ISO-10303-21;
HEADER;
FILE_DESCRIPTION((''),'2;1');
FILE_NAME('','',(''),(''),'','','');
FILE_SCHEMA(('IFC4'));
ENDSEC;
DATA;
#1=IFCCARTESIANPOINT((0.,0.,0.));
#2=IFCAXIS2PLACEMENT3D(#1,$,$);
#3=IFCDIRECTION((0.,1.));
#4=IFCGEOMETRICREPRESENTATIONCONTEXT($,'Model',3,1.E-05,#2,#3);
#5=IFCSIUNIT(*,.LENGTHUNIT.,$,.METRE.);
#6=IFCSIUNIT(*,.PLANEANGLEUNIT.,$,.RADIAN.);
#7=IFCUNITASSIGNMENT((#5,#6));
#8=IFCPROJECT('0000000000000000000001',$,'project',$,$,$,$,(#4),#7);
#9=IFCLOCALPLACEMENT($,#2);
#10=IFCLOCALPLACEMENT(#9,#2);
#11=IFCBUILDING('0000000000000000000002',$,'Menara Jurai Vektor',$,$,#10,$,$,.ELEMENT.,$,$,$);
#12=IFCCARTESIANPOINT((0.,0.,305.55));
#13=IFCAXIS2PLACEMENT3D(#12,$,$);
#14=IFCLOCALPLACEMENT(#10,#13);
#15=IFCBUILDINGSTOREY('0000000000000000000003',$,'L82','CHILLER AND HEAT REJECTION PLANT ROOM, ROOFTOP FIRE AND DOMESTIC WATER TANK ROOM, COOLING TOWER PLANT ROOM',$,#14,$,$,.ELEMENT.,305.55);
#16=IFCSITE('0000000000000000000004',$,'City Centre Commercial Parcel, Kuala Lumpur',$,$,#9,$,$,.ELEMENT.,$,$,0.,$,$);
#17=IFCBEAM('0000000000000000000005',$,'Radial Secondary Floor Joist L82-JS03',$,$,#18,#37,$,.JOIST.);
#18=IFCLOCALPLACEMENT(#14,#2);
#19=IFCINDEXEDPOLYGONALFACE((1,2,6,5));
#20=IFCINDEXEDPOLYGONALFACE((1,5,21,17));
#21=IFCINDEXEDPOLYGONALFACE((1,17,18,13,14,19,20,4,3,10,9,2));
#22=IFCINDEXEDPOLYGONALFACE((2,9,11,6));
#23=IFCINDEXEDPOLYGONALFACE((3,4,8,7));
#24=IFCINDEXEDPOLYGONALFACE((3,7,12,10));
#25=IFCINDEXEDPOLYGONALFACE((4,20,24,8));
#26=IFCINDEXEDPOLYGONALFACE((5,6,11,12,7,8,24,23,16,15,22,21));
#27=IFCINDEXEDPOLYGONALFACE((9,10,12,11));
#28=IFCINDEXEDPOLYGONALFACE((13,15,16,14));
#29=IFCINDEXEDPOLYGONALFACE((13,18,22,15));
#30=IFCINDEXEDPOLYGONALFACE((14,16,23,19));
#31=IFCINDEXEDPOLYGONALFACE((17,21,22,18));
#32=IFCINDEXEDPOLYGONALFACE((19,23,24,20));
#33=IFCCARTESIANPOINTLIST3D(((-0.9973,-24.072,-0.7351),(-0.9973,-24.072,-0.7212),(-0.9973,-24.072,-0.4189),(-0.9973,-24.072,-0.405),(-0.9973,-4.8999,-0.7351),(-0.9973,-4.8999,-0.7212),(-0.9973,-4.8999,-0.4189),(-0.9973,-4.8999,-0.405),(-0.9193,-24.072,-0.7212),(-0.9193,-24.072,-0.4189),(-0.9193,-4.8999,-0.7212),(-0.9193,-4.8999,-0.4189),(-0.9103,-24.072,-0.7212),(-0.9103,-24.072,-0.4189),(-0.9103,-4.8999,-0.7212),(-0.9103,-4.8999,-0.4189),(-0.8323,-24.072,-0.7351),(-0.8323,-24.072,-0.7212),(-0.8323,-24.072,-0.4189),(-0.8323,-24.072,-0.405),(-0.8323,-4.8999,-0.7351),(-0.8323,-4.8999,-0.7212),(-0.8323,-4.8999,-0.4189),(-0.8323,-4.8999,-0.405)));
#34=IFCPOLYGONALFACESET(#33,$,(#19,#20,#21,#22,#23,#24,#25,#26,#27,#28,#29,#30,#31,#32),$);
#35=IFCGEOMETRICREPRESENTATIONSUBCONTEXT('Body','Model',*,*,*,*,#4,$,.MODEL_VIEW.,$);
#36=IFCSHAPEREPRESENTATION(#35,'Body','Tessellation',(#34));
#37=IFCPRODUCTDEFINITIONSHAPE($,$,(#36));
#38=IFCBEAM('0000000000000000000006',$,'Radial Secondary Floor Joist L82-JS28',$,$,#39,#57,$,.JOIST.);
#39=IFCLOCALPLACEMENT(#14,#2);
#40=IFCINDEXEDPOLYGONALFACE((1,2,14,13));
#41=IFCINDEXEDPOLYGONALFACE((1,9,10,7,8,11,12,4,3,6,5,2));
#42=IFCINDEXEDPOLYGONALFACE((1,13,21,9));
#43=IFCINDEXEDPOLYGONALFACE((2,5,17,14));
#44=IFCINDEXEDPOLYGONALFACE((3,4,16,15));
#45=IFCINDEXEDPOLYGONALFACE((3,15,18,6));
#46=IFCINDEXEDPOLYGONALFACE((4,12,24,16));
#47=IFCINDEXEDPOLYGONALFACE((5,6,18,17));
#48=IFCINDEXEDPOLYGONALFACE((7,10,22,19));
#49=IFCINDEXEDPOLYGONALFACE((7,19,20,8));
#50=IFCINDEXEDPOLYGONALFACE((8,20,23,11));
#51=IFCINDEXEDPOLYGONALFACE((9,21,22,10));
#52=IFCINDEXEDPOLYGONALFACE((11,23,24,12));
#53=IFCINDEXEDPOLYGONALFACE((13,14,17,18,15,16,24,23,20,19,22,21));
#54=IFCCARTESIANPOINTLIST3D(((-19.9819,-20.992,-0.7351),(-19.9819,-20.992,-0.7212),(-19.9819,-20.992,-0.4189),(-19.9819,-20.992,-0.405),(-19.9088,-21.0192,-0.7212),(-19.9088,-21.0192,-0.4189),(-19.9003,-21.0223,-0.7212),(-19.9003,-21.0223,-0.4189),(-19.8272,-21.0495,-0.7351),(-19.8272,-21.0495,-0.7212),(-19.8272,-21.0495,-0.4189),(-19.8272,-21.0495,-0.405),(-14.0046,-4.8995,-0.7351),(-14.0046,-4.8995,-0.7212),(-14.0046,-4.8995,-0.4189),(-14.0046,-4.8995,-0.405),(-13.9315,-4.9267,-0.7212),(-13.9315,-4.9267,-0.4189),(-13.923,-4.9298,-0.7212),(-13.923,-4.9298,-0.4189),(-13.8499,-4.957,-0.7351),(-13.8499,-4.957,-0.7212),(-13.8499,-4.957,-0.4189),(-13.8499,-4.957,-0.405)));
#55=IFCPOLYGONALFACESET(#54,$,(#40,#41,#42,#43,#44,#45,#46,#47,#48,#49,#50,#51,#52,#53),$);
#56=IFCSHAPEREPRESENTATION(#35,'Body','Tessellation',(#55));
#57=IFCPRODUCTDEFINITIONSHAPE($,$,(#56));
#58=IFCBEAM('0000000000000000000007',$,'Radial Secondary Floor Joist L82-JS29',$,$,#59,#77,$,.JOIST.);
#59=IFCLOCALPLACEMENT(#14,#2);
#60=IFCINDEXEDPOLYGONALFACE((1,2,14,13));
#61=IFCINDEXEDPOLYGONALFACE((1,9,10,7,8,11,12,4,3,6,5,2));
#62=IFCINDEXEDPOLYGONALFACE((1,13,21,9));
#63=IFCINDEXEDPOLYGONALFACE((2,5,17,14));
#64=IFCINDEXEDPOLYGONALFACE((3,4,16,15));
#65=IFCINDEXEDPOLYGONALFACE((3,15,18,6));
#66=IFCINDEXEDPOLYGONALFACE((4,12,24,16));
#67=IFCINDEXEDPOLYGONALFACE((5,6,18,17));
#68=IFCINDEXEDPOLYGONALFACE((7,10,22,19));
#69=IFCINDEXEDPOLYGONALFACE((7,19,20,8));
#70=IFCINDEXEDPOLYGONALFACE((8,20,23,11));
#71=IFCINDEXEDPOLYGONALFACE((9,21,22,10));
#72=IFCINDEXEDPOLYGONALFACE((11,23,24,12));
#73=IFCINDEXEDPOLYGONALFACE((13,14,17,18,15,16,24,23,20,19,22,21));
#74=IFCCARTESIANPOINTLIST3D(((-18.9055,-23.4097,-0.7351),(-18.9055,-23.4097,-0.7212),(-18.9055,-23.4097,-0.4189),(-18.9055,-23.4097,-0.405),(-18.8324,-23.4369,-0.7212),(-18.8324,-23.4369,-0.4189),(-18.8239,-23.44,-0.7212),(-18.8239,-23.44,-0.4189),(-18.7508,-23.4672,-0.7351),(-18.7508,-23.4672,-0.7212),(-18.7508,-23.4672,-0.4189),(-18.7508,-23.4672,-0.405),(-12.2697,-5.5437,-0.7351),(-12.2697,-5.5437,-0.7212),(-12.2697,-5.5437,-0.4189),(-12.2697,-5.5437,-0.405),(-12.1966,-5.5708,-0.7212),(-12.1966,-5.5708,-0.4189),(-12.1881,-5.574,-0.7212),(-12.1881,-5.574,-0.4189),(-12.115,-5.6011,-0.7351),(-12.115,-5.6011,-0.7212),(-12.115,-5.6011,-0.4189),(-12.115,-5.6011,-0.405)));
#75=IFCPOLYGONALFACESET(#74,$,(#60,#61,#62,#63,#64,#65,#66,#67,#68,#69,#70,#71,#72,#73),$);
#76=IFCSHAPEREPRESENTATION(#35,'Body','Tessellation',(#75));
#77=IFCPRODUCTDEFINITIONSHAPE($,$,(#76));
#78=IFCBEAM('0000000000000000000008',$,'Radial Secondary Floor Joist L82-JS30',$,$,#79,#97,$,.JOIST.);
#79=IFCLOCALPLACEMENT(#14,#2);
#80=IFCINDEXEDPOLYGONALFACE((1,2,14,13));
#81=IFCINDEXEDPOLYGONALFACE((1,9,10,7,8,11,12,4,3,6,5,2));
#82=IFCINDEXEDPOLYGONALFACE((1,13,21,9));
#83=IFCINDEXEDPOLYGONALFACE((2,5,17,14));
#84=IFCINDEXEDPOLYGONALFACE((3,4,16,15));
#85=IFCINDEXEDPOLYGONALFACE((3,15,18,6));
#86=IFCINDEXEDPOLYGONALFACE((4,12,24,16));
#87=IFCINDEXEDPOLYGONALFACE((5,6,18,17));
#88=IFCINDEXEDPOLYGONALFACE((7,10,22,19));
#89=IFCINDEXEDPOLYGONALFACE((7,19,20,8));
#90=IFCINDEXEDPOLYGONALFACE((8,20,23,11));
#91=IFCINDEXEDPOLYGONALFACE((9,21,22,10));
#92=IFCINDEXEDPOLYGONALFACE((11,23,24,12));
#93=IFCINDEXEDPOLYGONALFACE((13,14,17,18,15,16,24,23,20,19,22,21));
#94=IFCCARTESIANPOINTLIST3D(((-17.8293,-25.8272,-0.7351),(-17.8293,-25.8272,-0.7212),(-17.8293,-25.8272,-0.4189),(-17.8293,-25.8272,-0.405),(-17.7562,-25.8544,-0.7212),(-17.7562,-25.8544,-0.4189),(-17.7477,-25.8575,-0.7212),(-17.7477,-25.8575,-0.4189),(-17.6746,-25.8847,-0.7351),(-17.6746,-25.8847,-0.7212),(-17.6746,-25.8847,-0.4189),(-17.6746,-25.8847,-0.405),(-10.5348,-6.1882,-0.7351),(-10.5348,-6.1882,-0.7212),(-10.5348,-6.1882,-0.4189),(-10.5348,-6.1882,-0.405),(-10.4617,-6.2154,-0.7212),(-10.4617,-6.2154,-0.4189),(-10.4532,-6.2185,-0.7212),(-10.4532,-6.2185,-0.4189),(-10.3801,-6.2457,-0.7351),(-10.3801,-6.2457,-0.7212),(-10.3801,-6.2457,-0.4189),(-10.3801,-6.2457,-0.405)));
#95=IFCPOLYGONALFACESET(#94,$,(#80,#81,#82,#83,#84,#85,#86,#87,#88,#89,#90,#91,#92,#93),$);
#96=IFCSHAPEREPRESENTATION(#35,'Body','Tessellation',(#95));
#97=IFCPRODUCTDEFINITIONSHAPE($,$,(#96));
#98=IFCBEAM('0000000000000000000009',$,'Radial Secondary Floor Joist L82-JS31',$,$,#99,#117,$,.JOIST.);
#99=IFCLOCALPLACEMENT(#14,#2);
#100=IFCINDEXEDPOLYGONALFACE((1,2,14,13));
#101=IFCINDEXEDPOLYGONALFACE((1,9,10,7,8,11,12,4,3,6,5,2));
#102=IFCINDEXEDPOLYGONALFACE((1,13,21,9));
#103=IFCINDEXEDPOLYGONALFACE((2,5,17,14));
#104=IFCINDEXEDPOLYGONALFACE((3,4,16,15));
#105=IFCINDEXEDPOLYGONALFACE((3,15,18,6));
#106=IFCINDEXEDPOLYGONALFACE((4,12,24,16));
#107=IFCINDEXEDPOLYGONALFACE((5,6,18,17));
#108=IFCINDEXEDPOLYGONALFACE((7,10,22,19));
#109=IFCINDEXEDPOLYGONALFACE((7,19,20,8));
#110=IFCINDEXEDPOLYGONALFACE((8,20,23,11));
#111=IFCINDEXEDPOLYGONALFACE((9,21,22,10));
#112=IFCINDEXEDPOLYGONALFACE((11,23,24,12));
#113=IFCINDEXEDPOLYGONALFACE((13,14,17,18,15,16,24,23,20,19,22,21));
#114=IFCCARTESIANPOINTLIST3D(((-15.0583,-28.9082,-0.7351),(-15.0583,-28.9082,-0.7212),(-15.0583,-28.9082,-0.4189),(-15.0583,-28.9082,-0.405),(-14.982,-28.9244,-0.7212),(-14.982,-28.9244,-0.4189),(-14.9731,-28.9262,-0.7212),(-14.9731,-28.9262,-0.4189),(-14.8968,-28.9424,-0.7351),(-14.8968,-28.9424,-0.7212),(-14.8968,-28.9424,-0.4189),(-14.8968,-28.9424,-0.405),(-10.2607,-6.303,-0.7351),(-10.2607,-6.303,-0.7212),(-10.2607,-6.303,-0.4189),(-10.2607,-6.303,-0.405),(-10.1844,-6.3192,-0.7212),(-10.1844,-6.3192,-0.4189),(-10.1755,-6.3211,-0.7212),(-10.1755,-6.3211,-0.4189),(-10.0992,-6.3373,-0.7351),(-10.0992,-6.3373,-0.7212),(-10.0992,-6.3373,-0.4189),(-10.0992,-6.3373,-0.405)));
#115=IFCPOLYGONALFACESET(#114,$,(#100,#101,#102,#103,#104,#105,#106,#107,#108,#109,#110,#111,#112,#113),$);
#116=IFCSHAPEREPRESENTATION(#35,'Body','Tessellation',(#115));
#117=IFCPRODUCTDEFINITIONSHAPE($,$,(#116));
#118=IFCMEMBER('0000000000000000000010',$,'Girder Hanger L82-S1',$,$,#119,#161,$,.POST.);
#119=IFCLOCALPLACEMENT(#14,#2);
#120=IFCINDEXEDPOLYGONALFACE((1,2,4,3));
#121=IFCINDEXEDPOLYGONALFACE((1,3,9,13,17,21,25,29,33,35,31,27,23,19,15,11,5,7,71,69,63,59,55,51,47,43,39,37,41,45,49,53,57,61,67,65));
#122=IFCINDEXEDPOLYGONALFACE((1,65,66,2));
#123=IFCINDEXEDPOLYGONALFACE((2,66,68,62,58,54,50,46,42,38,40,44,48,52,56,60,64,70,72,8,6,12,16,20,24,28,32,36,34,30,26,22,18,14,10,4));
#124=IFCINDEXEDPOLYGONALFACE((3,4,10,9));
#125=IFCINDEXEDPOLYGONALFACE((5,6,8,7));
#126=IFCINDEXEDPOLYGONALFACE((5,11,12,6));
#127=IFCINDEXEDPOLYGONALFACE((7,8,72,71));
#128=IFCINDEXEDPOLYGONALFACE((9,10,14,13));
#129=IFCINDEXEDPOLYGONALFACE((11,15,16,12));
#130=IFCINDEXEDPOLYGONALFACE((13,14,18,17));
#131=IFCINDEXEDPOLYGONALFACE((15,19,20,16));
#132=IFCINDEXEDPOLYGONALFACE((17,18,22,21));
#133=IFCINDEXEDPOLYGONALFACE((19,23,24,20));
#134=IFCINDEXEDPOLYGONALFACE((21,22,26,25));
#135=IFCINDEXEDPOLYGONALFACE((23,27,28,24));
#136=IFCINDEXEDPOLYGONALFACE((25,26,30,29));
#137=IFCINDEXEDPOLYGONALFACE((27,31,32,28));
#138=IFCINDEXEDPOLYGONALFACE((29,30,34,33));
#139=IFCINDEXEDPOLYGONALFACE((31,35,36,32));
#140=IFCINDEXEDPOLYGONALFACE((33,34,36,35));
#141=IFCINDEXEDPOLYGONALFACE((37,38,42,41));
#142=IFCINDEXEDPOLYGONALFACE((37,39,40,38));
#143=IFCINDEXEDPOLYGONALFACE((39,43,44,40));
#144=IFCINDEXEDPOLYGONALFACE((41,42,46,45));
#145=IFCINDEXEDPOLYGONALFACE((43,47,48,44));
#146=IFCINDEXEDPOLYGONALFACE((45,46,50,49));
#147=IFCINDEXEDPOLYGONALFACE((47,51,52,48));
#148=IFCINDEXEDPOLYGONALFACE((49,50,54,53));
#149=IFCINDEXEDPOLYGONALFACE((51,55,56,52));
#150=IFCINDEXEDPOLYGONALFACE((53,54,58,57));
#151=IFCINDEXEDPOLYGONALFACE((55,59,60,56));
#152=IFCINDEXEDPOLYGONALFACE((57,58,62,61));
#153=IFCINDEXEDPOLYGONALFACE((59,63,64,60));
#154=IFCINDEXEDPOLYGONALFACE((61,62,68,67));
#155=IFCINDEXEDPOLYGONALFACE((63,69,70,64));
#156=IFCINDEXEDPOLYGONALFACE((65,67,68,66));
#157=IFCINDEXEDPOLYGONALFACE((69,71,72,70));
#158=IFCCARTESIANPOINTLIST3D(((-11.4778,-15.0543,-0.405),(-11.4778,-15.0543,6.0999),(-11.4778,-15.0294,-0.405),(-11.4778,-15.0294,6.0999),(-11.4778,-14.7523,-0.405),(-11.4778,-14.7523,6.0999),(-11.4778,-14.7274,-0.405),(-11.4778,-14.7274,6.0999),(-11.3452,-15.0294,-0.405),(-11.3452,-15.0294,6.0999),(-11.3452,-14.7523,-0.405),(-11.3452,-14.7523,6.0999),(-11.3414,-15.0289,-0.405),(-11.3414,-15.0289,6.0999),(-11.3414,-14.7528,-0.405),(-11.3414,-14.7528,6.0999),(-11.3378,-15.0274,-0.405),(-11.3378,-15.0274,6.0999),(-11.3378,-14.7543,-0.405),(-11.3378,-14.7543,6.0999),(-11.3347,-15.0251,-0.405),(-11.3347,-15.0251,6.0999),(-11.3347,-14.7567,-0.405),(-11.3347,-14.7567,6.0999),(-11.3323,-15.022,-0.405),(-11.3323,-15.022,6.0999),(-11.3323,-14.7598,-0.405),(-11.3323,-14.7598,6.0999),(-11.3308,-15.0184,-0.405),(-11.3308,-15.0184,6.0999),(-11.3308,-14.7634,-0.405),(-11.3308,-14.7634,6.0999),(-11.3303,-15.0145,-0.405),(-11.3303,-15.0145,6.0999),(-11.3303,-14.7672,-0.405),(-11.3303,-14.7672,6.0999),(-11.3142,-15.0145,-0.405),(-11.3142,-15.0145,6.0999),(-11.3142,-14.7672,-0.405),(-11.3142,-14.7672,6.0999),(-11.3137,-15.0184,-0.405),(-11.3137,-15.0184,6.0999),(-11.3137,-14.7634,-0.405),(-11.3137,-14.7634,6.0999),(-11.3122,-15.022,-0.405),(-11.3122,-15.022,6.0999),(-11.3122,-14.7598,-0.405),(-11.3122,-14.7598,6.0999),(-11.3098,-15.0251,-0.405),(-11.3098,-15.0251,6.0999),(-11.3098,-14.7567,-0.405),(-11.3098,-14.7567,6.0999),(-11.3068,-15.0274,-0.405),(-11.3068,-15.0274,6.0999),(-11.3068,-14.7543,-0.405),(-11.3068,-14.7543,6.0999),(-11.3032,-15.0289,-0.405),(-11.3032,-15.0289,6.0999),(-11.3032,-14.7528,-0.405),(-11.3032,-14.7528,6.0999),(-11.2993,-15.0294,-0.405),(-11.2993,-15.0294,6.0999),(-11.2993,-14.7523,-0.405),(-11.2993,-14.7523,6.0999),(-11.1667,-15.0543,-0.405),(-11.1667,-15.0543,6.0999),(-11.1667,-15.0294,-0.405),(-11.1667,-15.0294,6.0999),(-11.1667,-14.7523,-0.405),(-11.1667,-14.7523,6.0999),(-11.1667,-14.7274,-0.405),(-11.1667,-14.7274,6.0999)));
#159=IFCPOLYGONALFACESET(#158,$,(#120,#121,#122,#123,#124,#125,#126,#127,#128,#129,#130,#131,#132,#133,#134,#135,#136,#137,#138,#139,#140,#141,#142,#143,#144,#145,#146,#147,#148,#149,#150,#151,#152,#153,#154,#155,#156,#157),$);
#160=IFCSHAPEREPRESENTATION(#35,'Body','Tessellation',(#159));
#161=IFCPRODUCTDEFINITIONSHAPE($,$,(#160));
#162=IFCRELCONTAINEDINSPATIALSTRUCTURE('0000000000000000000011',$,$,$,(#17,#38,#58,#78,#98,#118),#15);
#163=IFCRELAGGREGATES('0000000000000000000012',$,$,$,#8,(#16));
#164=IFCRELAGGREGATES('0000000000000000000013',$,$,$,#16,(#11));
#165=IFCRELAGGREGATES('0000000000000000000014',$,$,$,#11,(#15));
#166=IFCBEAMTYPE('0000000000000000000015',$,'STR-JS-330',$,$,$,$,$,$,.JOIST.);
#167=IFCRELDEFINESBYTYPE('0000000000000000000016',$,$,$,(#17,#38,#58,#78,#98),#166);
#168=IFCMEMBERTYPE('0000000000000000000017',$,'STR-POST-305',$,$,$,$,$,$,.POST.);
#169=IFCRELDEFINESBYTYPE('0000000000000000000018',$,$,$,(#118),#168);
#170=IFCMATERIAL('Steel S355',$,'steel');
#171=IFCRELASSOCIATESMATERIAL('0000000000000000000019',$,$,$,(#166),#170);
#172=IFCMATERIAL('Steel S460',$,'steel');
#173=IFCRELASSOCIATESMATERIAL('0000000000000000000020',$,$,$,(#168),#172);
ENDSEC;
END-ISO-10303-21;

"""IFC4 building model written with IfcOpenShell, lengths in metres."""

from ifc_helpers import new_model, si_unit, direction, frame, origin, origin_2d, place, context, subcontext, project, spatial, i_section, extrude, material, material_profile, profile_set, type_object, element, save


model = new_model("IFC4")

# Units and contexts
model_context = context("Model", 3, precision=1e-05, world=origin(), true_north=direction((0.0, 1.0)))
body_context = subcontext(model_context, "Body", "Model", "MODEL_VIEW")
ifc_project = project(units=[si_unit("LENGTHUNIT", "METRE"), si_unit("PLANEANGLEUNIT", "RADIAN")], contexts=[model_context])

# Site, building, storey
site_placement = place(None, origin())
site = spatial("IfcSite", under=ifc_project, at=site_placement, Name="City Centre Commercial Parcel, Kuala Lumpur", CompositionType="ELEMENT", RefElevation=0.0)
building_placement = place(site_placement, origin())
building = spatial("IfcBuilding", under=site, at=building_placement, Name="Menara Jurai Vektor", CompositionType="ELEMENT")
storey_placement = place(building_placement, frame((0.0, 0.0, 305.55)))
storey = spatial("IfcBuildingStorey", under=building, at=storey_placement, Name="L82", Description="CHILLER AND HEAT REJECTION PLANT ROOM, ROOFTOP FIRE AND DOMESTIC WATER TANK ROOM, COOLING TOWER PLANT ROOM", CompositionType="ELEMENT", Elevation=305.55)

# Shared definitions
ifc_material_1 = material(Name="Steel S460", Category="steel")

# Beams
ifc_material_2 = material(Name="Steel S355", Category="steel")
ifc_material_profile_1 = material_profile(ifc_material_2, i_section(OverallWidth=0.165, OverallDepth=0.3301, WebThickness=0.009, FlangeThickness=0.0139, at=origin_2d()), Name="PG 330x165x46")
ifc_profile_set_1 = profile_set([ifc_material_profile_1], Name="Steel S355")
beam_type_1 = type_object("IfcBeamType", Name="STR-JS-330", PredefinedType="JOIST", material=ifc_profile_set_1)
beam_1_placement = place(storey_placement, frame((-0.9148, -24.072, -0.5701), z_axis=(0.0, 1.0, 0.0), x_axis=(-1.0, 0.0, 0.0)))
element("IfcBeam", 1, at=beam_1_placement, inside=storey, type_object=beam_type_1, Name="Radial Secondary Floor Joist L82-JS03", PredefinedType="JOIST", context=body_context, shape_type="SweptSolid", body=[
    extrude(i_section(OverallWidth=0.165, OverallDepth=0.3301, WebThickness=0.009, FlangeThickness=0.0139, at=origin_2d()), origin(), (0.0, 0.0, 1.0), 19.1721),
])
beam_2_placement = place(storey_placement, frame((-19.9045, -21.0208, -0.5701), z_axis=(0.34819, 0.937424, 0.0), x_axis=(-0.937424, 0.34819, 0.0)))
element("IfcBeam", 2, at=beam_2_placement, inside=storey, type_object=beam_type_1, Name="Radial Secondary Floor Joist L82-JS28", PredefinedType="JOIST", context=body_context, shape_type="SweptSolid", body=[
    extrude(i_section(OverallWidth=0.165, OverallDepth=0.3301, WebThickness=0.009, FlangeThickness=0.0139, at=origin_2d()), origin(), (0.0, 0.0, 1.0), 17.1667),
])
beam_3_placement = place(storey_placement, frame((-18.8281, -23.4385, -0.5701), z_axis=(0.348178, 0.937428, 0.0), x_axis=(-0.937428, 0.348178, 0.0)))
element("IfcBeam", 3, at=beam_3_placement, inside=storey, type_object=beam_type_1, Name="Radial Secondary Floor Joist L82-JS29", PredefinedType="JOIST", context=body_context, shape_type="SweptSolid", body=[
    extrude(i_section(OverallWidth=0.165, OverallDepth=0.3301, WebThickness=0.009, FlangeThickness=0.0139, at=origin_2d()), origin(), (0.0, 0.0, 1.0), 19.0586),
])
beam_4_placement = place(storey_placement, frame((-17.752, -25.856, -0.5701), z_axis=(0.348186, 0.937426, 0.0), x_axis=(-0.937426, 0.348186, 0.0)))
element("IfcBeam", 4, at=beam_4_placement, inside=storey, type_object=beam_type_1, Name="Radial Secondary Floor Joist L82-JS30", PredefinedType="JOIST", context=body_context, shape_type="SweptSolid", body=[
    extrude(i_section(OverallWidth=0.165, OverallDepth=0.3301, WebThickness=0.009, FlangeThickness=0.0139, at=origin_2d()), origin(), (0.0, 0.0, 1.0), 20.95),
])
beam_5_placement = place(storey_placement, frame((-14.9775, -28.9253, -0.5701), z_axis=(0.20761, 0.978212, 0.0), x_axis=(-0.978212, 0.20761, 0.0)))
element("IfcBeam", 5, at=beam_5_placement, inside=storey, type_object=beam_type_1, Name="Radial Secondary Floor Joist L82-JS31", PredefinedType="JOIST", context=body_context, shape_type="SweptSolid", body=[
    extrude(i_section(OverallWidth=0.165, OverallDepth=0.3301, WebThickness=0.009, FlangeThickness=0.0139, at=origin_2d()), origin(), (0.0, 0.0, 1.0), 23.1086),
])

# Member
ifc_material_profile_2 = material_profile(ifc_material_1, i_section(OverallWidth=0.311, OverallDepth=0.3269, WebThickness=0.0161, FlangeThickness=0.0249, FilletRadius=0.0149, at=origin_2d()), Name="UKC 305x305x158")
ifc_profile_set_2 = profile_set([ifc_material_profile_2], Name="Steel S460")
member_type = type_object("IfcMemberType", Name="STR-POST-305", PredefinedType="POST", material=ifc_profile_set_2)
for number, where, z_axis, x_axis, name in (
    (6, (-11.3223, -14.8909, -0.405), (0.0, 0.0, 1.0), (1.0, 0.0, 0.0), "Girder Hanger L82-S1"),
):
    element("IfcMember", number, at=place(storey_placement, frame(where, z_axis=z_axis, x_axis=x_axis)), inside=storey, type_object=member_type, Name=name, PredefinedType="POST", context=body_context, shape_type="SweptSolid", body=[
        extrude(i_section(OverallWidth=0.311, OverallDepth=0.3269, WebThickness=0.0161, FlangeThickness=0.0249, FilletRadius=0.0149, at=origin_2d()), origin(), (0.0, 0.0, 1.0), 6.5049),
    ])

save(model, "model.ifc")
